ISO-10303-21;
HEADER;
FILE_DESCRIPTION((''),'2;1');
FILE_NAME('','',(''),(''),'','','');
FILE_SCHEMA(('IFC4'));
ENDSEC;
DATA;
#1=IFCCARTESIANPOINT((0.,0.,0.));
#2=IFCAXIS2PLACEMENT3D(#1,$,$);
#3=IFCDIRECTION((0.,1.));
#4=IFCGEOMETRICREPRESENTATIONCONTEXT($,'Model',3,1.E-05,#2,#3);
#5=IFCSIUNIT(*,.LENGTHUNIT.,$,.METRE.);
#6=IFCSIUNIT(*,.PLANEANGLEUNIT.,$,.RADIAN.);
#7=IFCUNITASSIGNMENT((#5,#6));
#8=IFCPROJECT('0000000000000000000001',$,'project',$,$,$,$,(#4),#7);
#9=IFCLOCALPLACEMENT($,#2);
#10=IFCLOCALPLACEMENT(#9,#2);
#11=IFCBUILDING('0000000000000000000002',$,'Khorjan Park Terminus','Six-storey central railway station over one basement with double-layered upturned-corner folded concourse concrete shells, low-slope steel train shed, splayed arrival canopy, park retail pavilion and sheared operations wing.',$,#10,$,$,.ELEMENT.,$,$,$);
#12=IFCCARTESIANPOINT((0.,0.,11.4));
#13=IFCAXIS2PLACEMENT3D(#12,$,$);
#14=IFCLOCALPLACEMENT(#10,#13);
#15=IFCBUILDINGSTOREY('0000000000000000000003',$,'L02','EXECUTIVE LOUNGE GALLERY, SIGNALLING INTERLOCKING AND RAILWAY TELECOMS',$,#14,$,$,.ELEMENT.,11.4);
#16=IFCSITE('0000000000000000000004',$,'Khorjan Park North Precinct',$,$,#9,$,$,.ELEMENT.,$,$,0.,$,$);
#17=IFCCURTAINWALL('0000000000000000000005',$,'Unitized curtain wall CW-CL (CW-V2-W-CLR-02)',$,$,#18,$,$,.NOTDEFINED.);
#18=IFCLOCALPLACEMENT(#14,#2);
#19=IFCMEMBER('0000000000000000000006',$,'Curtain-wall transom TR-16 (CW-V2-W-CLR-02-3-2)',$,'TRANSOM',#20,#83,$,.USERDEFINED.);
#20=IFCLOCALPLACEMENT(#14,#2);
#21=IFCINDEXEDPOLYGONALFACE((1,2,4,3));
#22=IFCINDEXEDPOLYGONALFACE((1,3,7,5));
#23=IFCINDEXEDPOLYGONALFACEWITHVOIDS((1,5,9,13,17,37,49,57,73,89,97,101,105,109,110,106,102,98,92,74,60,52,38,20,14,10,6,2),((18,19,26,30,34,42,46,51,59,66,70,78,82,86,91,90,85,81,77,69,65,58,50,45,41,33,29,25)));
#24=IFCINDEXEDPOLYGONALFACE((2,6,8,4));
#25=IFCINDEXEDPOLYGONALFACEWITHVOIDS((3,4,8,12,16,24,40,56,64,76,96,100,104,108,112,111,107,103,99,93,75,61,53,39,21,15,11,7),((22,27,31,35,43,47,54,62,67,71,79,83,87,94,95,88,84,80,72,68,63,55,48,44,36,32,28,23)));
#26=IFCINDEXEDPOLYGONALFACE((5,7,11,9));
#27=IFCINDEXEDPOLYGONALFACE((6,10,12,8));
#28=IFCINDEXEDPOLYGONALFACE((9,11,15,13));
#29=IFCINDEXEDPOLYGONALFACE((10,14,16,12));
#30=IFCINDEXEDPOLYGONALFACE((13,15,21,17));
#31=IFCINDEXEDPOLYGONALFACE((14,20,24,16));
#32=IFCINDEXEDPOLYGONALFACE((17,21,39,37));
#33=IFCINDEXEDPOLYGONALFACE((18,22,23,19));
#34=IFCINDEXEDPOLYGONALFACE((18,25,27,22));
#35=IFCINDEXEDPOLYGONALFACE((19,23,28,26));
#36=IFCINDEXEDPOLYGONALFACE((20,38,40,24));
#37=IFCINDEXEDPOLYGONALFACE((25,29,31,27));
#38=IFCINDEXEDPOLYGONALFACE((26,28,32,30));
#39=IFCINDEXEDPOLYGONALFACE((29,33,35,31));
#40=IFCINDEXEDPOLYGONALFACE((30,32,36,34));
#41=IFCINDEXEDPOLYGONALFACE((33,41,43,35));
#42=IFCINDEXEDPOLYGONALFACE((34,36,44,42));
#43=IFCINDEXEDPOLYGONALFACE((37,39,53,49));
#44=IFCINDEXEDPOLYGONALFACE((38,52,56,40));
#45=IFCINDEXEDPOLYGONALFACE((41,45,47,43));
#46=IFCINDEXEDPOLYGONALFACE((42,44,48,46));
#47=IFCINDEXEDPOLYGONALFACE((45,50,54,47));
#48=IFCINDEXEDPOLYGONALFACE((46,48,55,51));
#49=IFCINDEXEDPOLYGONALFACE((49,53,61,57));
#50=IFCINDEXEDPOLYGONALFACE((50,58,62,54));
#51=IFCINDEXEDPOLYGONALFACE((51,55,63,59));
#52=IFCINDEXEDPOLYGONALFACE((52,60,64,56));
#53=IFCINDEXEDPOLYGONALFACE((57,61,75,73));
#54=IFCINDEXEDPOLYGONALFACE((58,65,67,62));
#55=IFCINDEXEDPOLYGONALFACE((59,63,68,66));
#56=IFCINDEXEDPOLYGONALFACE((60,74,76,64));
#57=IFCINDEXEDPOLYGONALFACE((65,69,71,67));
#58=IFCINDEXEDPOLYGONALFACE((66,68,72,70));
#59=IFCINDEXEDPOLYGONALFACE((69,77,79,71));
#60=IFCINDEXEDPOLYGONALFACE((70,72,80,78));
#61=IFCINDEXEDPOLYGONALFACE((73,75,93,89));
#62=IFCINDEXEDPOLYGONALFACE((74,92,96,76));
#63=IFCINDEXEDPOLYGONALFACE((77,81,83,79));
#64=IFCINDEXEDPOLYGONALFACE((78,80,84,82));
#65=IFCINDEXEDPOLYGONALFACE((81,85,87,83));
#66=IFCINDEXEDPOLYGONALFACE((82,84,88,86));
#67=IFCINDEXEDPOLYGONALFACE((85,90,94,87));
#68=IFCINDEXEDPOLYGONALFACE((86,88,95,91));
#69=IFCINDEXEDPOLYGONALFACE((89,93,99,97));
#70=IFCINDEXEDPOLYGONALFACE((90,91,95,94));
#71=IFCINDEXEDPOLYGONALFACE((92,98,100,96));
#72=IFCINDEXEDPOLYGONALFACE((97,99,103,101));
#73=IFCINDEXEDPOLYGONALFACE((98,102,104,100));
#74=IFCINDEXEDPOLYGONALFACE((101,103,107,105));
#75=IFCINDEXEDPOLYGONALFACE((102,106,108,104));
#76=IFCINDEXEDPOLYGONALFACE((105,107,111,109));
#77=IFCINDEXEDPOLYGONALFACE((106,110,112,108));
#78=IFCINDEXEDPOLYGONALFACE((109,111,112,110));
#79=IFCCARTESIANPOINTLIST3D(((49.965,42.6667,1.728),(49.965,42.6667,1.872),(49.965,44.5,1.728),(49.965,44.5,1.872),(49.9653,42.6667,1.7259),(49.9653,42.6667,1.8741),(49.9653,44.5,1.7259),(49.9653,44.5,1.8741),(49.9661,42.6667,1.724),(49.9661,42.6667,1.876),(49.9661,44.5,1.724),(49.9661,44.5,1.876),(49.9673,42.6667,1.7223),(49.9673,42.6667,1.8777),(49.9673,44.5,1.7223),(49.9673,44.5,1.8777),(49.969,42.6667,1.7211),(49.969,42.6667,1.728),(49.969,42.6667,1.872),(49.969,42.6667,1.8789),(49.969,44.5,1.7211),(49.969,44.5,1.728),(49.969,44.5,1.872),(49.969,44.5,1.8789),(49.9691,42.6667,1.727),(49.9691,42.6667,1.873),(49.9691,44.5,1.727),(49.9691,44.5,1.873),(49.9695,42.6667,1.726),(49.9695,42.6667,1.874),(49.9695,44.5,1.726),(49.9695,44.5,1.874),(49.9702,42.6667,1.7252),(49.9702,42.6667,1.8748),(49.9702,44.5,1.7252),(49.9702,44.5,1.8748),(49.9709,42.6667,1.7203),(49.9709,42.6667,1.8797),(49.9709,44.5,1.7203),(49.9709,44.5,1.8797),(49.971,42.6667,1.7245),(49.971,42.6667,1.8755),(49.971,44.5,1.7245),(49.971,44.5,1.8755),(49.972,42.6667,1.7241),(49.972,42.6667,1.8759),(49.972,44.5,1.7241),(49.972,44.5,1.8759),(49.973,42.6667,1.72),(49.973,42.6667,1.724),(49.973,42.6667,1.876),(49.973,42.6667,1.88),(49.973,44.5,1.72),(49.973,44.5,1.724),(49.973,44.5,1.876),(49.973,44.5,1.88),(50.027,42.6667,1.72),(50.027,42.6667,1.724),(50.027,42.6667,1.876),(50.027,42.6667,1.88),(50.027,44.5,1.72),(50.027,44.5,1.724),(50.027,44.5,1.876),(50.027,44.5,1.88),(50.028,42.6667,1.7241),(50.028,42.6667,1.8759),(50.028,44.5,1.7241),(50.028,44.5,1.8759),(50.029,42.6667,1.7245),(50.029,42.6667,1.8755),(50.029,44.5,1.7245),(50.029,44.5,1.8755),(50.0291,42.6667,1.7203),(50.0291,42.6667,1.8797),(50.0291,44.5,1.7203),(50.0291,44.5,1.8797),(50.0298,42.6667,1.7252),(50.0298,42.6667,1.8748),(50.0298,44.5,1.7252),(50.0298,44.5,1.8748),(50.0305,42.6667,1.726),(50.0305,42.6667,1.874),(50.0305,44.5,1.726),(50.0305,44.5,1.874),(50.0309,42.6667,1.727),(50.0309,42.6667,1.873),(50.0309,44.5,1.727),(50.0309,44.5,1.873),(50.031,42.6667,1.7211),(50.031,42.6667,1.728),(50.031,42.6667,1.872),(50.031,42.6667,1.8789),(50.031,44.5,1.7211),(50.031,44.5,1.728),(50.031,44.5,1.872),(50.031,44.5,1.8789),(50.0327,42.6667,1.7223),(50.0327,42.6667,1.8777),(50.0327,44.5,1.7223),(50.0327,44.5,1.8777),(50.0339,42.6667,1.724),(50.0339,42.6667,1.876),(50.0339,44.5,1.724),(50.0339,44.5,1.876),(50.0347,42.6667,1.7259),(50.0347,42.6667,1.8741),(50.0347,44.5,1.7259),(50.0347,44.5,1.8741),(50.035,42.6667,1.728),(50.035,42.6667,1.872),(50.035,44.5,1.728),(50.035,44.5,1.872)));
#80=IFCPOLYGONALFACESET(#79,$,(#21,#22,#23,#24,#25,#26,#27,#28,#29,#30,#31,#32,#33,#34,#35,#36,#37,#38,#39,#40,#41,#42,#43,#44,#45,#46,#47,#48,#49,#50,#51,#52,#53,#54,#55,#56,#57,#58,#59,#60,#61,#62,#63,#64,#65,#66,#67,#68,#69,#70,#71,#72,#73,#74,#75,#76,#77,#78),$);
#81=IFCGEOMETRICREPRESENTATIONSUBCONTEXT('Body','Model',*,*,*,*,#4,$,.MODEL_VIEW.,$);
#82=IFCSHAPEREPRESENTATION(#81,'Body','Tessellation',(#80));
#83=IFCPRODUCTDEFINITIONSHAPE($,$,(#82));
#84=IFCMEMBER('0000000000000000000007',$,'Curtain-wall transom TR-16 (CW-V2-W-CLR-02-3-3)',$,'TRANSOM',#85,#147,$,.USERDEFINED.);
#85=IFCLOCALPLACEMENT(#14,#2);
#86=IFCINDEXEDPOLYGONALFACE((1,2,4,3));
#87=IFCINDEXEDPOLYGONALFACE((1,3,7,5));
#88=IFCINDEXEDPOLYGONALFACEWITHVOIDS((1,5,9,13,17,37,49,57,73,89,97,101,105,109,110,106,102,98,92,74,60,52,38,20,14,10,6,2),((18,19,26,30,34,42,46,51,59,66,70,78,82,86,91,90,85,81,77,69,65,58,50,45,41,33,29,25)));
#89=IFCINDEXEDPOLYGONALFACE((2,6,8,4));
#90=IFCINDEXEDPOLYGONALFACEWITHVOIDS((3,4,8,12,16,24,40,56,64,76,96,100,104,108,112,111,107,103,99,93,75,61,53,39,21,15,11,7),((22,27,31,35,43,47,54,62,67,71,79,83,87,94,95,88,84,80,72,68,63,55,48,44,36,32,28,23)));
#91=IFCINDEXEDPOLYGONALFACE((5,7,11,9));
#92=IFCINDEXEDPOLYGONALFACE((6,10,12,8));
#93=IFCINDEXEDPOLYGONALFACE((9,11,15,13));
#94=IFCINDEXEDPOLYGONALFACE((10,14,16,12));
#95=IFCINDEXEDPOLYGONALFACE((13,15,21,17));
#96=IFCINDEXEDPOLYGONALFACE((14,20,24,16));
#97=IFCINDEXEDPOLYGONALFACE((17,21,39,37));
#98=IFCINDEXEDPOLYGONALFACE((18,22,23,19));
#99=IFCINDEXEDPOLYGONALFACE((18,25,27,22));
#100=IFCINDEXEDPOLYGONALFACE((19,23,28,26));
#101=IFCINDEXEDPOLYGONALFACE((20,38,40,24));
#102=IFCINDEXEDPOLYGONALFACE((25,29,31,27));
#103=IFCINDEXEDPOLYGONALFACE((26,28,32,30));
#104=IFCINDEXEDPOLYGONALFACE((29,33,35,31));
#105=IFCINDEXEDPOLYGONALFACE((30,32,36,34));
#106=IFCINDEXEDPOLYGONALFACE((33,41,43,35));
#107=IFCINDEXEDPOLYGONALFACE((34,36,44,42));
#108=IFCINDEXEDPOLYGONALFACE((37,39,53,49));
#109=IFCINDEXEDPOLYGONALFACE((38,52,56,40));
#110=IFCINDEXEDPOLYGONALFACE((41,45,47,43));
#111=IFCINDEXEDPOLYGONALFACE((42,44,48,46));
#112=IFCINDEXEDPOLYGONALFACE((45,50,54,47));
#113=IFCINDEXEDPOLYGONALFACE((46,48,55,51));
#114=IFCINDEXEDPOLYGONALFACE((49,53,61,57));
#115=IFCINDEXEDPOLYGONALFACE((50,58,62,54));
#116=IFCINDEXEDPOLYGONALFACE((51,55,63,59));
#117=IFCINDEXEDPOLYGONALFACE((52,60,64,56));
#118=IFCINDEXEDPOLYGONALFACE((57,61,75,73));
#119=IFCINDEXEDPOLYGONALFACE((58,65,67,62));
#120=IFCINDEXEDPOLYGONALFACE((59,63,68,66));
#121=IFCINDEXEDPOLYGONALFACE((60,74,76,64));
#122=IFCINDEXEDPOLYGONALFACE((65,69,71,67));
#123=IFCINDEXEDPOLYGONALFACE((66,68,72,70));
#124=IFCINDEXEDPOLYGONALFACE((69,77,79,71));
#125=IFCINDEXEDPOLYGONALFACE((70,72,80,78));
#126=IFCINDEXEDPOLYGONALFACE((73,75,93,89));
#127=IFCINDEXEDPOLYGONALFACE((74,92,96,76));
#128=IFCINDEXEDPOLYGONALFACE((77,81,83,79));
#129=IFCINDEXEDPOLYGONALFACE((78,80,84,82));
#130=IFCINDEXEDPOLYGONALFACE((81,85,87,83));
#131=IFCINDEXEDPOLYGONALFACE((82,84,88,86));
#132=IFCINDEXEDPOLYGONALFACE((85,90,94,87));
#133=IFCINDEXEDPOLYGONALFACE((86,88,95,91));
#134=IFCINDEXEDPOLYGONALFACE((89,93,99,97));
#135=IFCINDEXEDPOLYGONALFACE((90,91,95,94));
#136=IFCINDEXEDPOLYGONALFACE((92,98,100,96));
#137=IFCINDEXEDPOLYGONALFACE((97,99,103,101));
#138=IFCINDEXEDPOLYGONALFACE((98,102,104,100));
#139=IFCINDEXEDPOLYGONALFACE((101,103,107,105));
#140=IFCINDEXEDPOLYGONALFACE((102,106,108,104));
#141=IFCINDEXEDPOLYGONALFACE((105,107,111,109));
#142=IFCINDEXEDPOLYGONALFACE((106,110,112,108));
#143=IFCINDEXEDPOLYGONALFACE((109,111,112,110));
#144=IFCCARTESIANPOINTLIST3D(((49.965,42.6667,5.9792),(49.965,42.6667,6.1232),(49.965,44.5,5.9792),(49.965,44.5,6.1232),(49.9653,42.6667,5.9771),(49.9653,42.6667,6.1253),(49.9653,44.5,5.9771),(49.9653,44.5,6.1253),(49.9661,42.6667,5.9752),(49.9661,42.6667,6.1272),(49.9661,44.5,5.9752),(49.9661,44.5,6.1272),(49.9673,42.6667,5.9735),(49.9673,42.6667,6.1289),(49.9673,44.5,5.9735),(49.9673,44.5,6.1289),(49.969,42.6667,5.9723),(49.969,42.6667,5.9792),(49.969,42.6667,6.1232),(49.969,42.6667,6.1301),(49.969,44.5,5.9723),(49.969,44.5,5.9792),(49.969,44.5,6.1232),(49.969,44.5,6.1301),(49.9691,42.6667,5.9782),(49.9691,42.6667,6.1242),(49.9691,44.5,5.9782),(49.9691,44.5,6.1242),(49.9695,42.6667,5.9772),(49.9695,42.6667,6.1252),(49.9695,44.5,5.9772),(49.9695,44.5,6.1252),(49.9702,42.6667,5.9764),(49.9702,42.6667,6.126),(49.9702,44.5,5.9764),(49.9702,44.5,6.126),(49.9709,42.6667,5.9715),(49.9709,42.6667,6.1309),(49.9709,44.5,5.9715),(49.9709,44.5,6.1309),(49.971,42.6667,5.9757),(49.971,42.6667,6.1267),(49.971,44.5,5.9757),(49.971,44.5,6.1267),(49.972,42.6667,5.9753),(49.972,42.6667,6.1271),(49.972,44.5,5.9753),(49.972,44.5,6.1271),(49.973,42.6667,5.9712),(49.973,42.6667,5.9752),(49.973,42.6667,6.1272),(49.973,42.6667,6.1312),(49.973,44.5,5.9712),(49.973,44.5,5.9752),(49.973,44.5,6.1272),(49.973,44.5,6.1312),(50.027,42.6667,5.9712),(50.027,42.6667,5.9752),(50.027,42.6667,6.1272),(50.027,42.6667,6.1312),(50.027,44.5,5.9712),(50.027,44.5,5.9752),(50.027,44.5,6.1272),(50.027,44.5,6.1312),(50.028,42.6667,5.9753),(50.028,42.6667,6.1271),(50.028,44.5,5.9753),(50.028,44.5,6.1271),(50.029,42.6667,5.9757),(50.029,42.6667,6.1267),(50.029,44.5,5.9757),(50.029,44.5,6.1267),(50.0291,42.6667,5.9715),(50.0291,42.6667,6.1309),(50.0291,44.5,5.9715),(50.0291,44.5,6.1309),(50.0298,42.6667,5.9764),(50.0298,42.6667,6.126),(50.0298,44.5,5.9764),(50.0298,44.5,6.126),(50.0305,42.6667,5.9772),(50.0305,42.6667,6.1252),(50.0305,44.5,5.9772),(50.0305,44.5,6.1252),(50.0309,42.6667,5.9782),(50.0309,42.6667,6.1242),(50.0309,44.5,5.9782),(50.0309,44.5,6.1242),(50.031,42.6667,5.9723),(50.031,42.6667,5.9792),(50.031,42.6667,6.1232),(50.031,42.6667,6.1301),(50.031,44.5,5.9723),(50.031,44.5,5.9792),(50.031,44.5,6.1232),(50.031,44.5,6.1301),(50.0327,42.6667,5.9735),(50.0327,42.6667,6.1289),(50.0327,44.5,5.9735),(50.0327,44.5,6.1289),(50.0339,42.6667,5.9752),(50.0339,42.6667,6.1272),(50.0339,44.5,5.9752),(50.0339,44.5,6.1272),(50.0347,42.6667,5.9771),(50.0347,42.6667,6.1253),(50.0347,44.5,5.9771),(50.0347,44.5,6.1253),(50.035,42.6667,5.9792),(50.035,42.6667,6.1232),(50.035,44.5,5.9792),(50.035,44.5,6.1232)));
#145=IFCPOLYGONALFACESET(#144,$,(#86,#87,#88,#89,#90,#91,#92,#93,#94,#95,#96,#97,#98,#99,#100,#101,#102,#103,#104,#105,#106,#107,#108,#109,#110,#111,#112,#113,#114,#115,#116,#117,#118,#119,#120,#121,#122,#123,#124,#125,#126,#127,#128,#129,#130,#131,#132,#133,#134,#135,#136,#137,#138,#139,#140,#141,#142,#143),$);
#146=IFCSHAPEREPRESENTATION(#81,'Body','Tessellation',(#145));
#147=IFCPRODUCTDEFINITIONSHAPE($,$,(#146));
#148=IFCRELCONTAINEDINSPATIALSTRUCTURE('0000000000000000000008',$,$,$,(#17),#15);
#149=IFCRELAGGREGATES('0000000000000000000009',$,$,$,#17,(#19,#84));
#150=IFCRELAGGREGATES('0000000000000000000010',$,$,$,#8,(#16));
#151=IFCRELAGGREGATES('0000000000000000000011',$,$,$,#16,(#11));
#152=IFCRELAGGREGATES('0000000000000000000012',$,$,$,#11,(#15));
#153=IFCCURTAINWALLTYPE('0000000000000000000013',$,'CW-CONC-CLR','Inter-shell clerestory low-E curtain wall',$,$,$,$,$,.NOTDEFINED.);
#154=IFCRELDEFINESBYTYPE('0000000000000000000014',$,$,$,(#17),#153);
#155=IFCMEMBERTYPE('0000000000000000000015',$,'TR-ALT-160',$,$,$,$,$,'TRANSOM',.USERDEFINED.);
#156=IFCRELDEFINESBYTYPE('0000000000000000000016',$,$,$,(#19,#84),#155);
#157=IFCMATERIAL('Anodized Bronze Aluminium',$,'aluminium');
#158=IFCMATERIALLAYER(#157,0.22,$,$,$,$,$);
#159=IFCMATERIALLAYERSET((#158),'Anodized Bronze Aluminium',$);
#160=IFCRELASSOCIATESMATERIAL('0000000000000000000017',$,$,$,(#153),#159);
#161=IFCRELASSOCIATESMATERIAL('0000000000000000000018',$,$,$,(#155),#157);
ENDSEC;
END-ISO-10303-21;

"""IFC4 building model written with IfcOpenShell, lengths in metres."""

from ifc_helpers import new_model, si_unit, direction, frame, origin, origin_2d, place, context, subcontext, project, spatial, hollow_rectangle, extrude, material, layer, layer_set, material_profile, profile_set, type_object, element, aggregate, save


model = new_model("IFC4")

# Units and contexts
model_context = context("Model", 3, precision=1e-05, world=origin(), true_north=direction((0.0, 1.0)))
body_context = subcontext(model_context, "Body", "Model", "MODEL_VIEW")
ifc_project = project(units=[si_unit("LENGTHUNIT", "METRE"), si_unit("PLANEANGLEUNIT", "RADIAN")], contexts=[model_context])

# Site, building, storey
site_placement = place(None, origin())
site = spatial("IfcSite", under=ifc_project, at=site_placement, Name="Khorjan Park North Precinct", CompositionType="ELEMENT", RefElevation=0.0)
building_placement = place(site_placement, origin())
building = spatial("IfcBuilding", under=site, at=building_placement, Name="Khorjan Park Terminus", Description="Six-storey central railway station over one basement with double-layered upturned-corner folded concourse concrete shells, low-slope steel train shed, splayed arrival canopy, park retail pavilion and sheared operations wing.", CompositionType="ELEMENT")
storey_placement = place(building_placement, frame((0.0, 0.0, 11.4)))
storey = spatial("IfcBuildingStorey", under=building, at=storey_placement, Name="L02", Description="EXECUTIVE LOUNGE GALLERY, SIGNALLING INTERLOCKING AND RAILWAY TELECOMS", CompositionType="ELEMENT", Elevation=11.4)

# Curtain wall, members
ifc_material_1 = material(Name="Anodized Bronze Aluminium", Category="aluminium")
ifc_layer_1 = layer(ifc_material_1, 0.22)
ifc_layer_set_1 = layer_set([ifc_layer_1], Name="Anodized Bronze Aluminium")
curtain_wall_type = type_object("IfcCurtainWallType", Name="CW-CONC-CLR", Description="Inter-shell clerestory low-E curtain wall", PredefinedType="NOTDEFINED", material=ifc_layer_set_1)
ifc_material_profile_1 = material_profile(ifc_material_1, hollow_rectangle(XDim=0.07, YDim=0.16, WallThickness=0.004, InnerFilletRadius=0.004, OuterFilletRadius=0.008, at=origin_2d()), Name="ALT 70x160x4")
ifc_profile_set_1 = profile_set([ifc_material_profile_1], Name="Anodized Bronze Aluminium")
member_type_1 = type_object("IfcMemberType", Name="TR-ALT-160", ElementType="TRANSOM", PredefinedType="USERDEFINED", material=ifc_profile_set_1)
curtain_wall_1_placement = place(storey_placement, origin())
curtain_wall_1 = element("IfcCurtainWall", 1, at=curtain_wall_1_placement, inside=storey, type_object=curtain_wall_type, Name="Unitized curtain wall CW-CL (CW-V2-W-CLR-02)", PredefinedType="NOTDEFINED")
member_1_placement = place(storey_placement, frame((50.0, 44.5, 1.8), z_axis=(0.0, -1.0, 0.0), x_axis=(1.0, 0.0, 0.0)))
member_1 = element("IfcMember", 2, at=member_1_placement, type_object=member_type_1, Name="Curtain-wall transom TR-16 (CW-V2-W-CLR-02-3-2)", ObjectType="TRANSOM", PredefinedType="USERDEFINED", context=body_context, shape_type="SweptSolid", body=[
    extrude(hollow_rectangle(XDim=0.07, YDim=0.16, WallThickness=0.004, InnerFilletRadius=0.004, OuterFilletRadius=0.008, at=origin_2d()), origin(), (0.0, 0.0, 1.0), 1.8333),
])
member_2_placement = place(storey_placement, frame((50.0, 44.5, 6.0512), z_axis=(0.0, -1.0, 0.0), x_axis=(1.0, 0.0, 0.0)))
member_2 = element("IfcMember", 3, at=member_2_placement, type_object=member_type_1, Name="Curtain-wall transom TR-16 (CW-V2-W-CLR-02-3-3)", ObjectType="TRANSOM", PredefinedType="USERDEFINED", context=body_context, shape_type="SweptSolid", body=[
    extrude(hollow_rectangle(XDim=0.07, YDim=0.16, WallThickness=0.004, InnerFilletRadius=0.004, OuterFilletRadius=0.008, at=origin_2d()), origin(), (0.0, 0.0, 1.0), 1.8333),
])

aggregate(curtain_wall_1, [member_1, member_2])

save(model, "model.ifc")
